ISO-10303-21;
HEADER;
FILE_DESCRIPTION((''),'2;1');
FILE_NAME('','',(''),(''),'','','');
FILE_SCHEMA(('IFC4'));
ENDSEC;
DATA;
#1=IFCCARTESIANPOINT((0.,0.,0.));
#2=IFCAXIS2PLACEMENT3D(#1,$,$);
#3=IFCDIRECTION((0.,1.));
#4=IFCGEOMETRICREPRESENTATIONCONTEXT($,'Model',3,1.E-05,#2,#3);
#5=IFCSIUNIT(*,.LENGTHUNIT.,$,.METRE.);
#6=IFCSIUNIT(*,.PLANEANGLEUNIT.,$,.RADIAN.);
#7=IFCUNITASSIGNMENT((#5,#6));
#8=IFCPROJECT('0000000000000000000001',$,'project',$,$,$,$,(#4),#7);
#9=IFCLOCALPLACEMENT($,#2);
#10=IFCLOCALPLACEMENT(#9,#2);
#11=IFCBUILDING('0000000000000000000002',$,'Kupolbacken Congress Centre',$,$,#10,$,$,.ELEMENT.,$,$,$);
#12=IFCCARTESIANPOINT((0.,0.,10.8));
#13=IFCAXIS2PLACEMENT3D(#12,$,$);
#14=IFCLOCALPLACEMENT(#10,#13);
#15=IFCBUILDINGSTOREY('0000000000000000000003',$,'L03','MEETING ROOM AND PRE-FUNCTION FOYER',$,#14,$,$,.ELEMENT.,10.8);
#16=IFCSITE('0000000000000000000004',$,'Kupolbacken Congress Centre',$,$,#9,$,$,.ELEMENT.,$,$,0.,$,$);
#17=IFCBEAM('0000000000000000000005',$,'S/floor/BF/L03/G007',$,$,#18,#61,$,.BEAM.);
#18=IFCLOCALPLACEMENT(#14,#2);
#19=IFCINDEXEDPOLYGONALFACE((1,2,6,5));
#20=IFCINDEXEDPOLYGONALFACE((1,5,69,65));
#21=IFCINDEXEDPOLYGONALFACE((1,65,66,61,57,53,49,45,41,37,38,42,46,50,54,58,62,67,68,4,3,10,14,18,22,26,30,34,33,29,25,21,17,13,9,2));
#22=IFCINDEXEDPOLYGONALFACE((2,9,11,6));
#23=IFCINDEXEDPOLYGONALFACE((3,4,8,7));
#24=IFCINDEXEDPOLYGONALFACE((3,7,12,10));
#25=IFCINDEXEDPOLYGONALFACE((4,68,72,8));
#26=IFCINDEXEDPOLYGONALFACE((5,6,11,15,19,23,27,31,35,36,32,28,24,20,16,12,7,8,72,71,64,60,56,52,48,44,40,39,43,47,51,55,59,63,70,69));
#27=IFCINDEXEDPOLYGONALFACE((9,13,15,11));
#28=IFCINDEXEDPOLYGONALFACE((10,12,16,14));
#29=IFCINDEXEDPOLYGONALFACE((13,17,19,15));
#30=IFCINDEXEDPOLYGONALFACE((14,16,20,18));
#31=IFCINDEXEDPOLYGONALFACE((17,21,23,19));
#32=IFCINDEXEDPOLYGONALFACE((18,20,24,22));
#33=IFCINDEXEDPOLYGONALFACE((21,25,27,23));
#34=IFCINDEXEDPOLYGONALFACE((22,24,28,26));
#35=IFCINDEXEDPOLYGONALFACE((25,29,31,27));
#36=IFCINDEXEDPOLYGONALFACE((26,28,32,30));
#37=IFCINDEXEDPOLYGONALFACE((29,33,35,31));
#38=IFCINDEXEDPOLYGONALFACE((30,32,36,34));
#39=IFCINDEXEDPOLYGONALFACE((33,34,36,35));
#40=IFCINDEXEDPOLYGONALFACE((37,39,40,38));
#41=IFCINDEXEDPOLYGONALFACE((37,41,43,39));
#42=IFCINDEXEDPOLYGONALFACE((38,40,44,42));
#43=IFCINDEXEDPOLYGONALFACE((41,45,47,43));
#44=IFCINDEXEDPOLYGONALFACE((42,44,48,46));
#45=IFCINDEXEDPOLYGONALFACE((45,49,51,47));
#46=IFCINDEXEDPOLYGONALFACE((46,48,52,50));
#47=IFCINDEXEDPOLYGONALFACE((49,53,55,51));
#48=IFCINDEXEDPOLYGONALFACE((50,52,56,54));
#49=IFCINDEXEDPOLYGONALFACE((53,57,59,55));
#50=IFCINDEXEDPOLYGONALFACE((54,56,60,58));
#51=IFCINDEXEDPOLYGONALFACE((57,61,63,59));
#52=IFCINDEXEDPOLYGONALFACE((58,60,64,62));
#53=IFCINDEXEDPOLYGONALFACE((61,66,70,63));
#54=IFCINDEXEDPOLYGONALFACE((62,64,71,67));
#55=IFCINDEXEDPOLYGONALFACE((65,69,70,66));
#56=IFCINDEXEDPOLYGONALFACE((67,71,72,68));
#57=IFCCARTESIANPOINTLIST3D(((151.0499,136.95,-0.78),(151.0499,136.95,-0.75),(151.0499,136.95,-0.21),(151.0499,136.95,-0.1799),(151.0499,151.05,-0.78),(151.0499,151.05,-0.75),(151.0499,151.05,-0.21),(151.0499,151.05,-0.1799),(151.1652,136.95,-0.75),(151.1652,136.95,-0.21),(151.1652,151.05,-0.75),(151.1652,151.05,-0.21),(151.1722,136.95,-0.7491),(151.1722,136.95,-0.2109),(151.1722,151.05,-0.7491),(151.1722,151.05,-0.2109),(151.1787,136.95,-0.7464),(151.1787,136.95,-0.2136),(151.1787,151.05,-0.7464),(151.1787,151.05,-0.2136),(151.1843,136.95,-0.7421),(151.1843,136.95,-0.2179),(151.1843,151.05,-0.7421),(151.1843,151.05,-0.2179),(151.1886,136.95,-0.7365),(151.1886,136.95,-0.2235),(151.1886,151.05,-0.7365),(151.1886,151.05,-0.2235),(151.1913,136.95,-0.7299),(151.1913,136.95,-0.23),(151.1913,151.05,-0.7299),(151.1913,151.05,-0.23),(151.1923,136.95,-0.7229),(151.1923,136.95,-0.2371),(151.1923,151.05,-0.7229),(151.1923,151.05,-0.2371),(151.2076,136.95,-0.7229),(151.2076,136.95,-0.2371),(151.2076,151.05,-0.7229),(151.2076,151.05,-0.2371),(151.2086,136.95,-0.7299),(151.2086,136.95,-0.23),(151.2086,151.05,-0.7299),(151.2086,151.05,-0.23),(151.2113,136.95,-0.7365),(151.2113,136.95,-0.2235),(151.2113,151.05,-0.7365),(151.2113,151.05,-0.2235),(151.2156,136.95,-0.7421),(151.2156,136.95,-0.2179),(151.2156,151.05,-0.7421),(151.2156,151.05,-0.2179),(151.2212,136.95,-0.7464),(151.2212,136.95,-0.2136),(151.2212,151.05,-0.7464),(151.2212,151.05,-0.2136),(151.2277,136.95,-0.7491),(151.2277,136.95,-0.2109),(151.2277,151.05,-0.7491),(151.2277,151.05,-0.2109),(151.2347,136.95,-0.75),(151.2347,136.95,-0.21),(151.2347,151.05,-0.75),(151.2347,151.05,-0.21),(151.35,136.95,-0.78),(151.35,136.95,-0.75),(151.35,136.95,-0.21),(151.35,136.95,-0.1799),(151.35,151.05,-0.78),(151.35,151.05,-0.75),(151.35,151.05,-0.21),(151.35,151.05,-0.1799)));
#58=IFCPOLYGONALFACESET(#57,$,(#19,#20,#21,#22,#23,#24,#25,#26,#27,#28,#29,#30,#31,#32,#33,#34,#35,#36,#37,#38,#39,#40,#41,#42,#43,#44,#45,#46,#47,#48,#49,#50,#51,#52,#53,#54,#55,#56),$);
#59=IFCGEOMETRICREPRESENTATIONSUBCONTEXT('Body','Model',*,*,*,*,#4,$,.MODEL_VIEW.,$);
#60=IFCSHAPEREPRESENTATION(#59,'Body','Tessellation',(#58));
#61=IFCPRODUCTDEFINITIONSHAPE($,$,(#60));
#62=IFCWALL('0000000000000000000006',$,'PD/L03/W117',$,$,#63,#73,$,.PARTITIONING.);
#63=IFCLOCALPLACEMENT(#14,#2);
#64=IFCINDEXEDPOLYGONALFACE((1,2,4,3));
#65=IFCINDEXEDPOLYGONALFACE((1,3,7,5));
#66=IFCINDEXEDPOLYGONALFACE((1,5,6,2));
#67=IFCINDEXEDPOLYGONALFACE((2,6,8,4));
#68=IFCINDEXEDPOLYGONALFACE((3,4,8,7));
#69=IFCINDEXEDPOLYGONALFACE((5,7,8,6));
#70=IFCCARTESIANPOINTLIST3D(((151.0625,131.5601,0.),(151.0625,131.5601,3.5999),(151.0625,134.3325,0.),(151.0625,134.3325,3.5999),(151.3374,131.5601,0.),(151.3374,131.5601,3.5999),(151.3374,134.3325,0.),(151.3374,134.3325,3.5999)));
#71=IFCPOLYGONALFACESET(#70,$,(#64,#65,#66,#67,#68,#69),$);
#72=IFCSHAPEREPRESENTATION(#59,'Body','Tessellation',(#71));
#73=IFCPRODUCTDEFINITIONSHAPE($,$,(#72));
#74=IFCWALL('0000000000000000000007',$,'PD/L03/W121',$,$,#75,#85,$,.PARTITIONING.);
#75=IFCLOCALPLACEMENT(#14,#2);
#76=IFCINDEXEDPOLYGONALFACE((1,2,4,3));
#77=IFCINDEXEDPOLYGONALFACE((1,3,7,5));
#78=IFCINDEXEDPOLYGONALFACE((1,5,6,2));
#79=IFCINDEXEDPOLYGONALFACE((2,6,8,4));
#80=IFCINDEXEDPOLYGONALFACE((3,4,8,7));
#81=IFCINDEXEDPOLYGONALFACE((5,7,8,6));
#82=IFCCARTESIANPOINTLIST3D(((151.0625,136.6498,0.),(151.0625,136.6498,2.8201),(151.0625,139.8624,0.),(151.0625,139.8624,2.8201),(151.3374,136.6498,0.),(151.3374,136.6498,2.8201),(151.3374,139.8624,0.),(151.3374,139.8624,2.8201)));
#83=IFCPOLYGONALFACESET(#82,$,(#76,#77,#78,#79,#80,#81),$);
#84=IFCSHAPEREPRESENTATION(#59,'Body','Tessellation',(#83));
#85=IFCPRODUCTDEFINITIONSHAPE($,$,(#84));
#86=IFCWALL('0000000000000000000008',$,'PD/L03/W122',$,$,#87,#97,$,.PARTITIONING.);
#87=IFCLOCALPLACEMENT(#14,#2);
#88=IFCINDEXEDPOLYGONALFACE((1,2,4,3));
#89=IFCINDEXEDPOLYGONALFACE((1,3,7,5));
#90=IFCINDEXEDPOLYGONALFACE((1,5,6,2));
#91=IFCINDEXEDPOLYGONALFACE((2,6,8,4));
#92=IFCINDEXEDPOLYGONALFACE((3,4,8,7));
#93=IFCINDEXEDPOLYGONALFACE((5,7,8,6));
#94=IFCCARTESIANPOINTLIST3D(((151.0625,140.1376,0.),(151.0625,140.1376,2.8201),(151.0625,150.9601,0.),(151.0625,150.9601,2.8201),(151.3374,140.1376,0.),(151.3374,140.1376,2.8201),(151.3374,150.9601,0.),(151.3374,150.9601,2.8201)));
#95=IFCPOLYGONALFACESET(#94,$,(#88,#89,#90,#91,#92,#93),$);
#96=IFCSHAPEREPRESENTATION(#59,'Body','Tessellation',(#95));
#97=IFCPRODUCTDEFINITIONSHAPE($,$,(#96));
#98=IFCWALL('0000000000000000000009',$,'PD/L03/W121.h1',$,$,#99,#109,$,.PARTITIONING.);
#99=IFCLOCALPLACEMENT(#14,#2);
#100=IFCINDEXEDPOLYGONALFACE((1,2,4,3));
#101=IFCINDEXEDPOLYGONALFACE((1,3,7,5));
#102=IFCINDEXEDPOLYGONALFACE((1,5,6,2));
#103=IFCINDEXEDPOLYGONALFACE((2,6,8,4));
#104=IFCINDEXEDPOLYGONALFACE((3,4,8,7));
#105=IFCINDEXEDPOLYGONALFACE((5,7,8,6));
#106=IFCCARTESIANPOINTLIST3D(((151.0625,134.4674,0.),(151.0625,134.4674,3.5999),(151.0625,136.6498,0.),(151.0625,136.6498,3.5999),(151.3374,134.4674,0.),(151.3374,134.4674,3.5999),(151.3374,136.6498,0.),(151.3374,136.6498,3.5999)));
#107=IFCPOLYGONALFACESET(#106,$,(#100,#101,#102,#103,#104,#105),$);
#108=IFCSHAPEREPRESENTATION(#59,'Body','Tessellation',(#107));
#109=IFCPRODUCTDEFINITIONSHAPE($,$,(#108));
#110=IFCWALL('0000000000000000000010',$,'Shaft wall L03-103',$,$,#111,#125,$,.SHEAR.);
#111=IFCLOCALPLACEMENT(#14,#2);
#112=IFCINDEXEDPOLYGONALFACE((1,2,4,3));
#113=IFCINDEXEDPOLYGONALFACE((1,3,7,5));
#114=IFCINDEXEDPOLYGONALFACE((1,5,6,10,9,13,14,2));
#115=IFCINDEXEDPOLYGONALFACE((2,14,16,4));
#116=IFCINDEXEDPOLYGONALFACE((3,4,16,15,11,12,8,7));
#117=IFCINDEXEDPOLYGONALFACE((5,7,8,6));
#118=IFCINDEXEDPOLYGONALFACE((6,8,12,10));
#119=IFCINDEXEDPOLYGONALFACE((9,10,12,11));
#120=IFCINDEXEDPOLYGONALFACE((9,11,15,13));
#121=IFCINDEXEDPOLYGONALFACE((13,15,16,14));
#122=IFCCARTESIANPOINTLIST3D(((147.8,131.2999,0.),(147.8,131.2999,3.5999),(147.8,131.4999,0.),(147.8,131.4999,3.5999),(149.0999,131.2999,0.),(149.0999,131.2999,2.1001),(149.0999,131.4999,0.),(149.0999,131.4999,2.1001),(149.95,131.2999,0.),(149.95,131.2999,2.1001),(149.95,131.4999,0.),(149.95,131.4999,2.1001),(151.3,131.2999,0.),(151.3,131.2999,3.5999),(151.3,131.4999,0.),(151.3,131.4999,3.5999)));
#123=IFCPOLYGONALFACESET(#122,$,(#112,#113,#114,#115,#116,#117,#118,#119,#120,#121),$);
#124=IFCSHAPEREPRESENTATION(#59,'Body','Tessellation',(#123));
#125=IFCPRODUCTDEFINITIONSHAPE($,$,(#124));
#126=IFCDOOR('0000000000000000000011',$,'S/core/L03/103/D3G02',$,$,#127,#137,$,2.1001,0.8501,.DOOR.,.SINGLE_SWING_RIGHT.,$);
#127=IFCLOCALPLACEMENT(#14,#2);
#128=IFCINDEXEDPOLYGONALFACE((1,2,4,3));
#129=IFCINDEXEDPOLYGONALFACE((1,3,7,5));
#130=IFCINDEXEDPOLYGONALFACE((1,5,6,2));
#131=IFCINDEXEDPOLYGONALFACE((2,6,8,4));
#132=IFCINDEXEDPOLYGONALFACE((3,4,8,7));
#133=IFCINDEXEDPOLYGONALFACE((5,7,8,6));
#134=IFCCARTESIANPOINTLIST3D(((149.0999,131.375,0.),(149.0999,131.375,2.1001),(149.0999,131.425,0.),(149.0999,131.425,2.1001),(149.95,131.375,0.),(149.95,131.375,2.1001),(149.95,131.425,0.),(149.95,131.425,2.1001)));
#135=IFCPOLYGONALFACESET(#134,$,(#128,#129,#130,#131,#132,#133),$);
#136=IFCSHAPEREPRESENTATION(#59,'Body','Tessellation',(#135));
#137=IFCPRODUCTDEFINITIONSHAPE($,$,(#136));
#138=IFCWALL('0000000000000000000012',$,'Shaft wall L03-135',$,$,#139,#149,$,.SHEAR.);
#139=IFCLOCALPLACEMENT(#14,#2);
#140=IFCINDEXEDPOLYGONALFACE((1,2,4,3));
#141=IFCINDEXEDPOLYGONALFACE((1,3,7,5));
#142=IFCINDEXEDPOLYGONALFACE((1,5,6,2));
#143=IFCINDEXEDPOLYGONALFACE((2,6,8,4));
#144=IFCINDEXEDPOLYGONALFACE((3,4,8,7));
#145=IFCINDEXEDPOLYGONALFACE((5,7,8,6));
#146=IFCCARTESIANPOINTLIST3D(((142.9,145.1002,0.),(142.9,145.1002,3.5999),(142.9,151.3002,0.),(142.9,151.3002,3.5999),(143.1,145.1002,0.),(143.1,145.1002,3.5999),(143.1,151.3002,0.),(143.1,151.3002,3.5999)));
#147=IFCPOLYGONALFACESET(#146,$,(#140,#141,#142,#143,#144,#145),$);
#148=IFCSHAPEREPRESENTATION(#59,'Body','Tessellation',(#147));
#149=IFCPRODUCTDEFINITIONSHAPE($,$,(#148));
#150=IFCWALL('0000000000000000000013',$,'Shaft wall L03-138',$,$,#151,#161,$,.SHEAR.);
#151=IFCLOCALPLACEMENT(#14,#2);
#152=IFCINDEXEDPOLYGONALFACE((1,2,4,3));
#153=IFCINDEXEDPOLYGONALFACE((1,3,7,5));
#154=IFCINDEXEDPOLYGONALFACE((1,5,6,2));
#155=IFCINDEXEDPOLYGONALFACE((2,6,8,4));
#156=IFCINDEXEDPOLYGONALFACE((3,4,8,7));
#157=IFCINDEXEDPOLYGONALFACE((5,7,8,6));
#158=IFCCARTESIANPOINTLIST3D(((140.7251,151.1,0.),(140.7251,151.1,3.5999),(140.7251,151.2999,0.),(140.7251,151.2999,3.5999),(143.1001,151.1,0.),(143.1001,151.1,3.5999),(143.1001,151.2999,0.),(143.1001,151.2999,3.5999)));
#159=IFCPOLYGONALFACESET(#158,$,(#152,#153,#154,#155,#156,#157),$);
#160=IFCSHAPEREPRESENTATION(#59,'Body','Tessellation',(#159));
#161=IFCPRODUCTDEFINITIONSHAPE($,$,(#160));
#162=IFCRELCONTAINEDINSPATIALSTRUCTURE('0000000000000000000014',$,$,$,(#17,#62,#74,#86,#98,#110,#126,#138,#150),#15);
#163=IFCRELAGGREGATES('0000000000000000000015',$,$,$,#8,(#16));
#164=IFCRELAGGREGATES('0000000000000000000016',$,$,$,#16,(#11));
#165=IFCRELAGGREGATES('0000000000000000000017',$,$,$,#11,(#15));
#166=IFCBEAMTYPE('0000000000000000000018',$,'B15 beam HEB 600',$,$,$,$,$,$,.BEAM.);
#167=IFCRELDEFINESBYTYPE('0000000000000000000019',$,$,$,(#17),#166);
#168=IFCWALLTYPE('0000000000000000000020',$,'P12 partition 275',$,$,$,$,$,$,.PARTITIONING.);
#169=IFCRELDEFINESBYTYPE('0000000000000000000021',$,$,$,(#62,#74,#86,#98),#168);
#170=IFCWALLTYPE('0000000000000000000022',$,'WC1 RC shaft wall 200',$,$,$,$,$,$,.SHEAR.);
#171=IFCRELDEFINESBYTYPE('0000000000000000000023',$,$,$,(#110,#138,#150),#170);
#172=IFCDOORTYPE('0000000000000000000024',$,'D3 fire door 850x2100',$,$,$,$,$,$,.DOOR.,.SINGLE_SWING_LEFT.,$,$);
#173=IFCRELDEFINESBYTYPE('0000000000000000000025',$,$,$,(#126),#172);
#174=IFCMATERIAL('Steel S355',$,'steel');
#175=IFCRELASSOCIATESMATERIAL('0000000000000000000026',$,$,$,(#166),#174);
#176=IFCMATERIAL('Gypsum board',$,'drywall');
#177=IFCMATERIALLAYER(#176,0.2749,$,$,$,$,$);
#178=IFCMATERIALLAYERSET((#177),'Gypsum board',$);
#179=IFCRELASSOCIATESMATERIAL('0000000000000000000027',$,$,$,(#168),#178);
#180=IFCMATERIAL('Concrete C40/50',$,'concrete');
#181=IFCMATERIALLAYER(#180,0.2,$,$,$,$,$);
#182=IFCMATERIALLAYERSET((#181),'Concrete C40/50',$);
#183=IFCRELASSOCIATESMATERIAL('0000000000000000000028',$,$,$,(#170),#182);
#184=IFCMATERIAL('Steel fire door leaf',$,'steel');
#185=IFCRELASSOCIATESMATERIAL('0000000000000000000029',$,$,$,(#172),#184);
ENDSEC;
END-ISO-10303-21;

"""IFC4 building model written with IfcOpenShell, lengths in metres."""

from ifc_helpers import new_model, si_unit, direction, frame, frame_2d, origin, origin_2d, place, context, subcontext, project, spatial, rectangle, i_section, extrude, material, layer, layer_set, material_profile, profile_set, type_object, element, fill, save


model = new_model("IFC4")

# Units and contexts
model_context = context("Model", 3, precision=1e-05, world=origin(), true_north=direction((0.0, 1.0)))
body_context = subcontext(model_context, "Body", "Model", "MODEL_VIEW")
ifc_project = project(units=[si_unit("LENGTHUNIT", "METRE"), si_unit("PLANEANGLEUNIT", "RADIAN")], contexts=[model_context])

# Site, building, storey
site_placement = place(None, origin())
site = spatial("IfcSite", under=ifc_project, at=site_placement, Name="Kupolbacken Congress Centre", CompositionType="ELEMENT", RefElevation=0.0)
building_placement = place(site_placement, origin())
building = spatial("IfcBuilding", under=site, at=building_placement, Name="Kupolbacken Congress Centre", CompositionType="ELEMENT")
storey_placement = place(building_placement, frame((0.0, 0.0, 10.8)))
storey = spatial("IfcBuildingStorey", under=building, at=storey_placement, Name="L03", Description="MEETING ROOM AND PRE-FUNCTION FOYER", CompositionType="ELEMENT", Elevation=10.8)

# Beam
ifc_material_1 = material(Name="Steel S355", Category="steel")
ifc_material_profile_1 = material_profile(ifc_material_1, i_section(OverallWidth=0.3, OverallDepth=0.6001, WebThickness=0.0154, FlangeThickness=0.03, FilletRadius=0.0271, at=origin_2d()), Name="HEB 600")
ifc_profile_set_1 = profile_set([ifc_material_profile_1], Name="Steel S355")
beam_type_1 = type_object("IfcBeamType", Name="B15 beam HEB 600", PredefinedType="BEAM", material=ifc_profile_set_1)
beam_1_placement = place(storey_placement, frame((151.2, 136.95, -0.48), z_axis=(0.0, 1.0, 0.0), x_axis=(-1.0, 0.0, 0.0)))
element("IfcBeam", 1, at=beam_1_placement, inside=storey, type_object=beam_type_1, Name="S/floor/BF/L03/G007", PredefinedType="BEAM", context=body_context, shape_type="SweptSolid", body=[
    extrude(i_section(OverallWidth=0.3, OverallDepth=0.6001, WebThickness=0.0154, FlangeThickness=0.03, FilletRadius=0.0271, at=origin_2d()), origin(), (0.0, 0.0, 1.0), 14.1001),
])

# Walls
ifc_material_2 = material(Name="Gypsum board", Category="drywall")
ifc_layer_1 = layer(ifc_material_2, 0.2749)
ifc_layer_set_1 = layer_set([ifc_layer_1], Name="Gypsum board")
wall_type_1 = type_object("IfcWallType", Name="P12 partition 275", PredefinedType="PARTITIONING", material=ifc_layer_set_1)
wall_1_placement = place(storey_placement, frame((151.2, 134.3325, 0.0), z_axis=(0.0, 0.0, 1.0), x_axis=(0.0, -1.0, 0.0)))
element("IfcWall", 2, at=wall_1_placement, inside=storey, type_object=wall_type_1, Name="PD/L03/W117", PredefinedType="PARTITIONING", context=body_context, shape_type="SweptSolid", body=[
    extrude(rectangle(XDim=2.7725, YDim=0.2749, at=frame_2d((1.3862, 0.0))), origin(), (0.0, 0.0, 1.0), 3.5999),
])
wall_2_placement = place(storey_placement, frame((151.2, 139.8625, 0.0), z_axis=(0.0, 0.0, 1.0), x_axis=(0.0, -1.0, 0.0)))
element("IfcWall", 3, at=wall_2_placement, inside=storey, type_object=wall_type_1, Name="PD/L03/W121", PredefinedType="PARTITIONING", context=body_context, shape_type="SweptSolid", body=[
    extrude(rectangle(XDim=3.2126, YDim=0.2749, at=frame_2d((1.6064, 0.0))), origin(), (0.0, 0.0, 1.0), 2.8201),
])
wall_3_placement = place(storey_placement, frame((151.2, 150.96, 0.0), z_axis=(0.0, 0.0, 1.0), x_axis=(0.0, -1.0, 0.0)))
element("IfcWall", 4, at=wall_3_placement, inside=storey, type_object=wall_type_1, Name="PD/L03/W122", PredefinedType="PARTITIONING", context=body_context, shape_type="SweptSolid", body=[
    extrude(rectangle(XDim=10.8225, YDim=0.2749, at=frame_2d((5.4111, 0.0))), origin(), (0.0, 0.0, 1.0), 2.8201),
])
wall_4_placement = place(storey_placement, frame((151.2, 136.6499, 0.0), z_axis=(0.0, 0.0, 1.0), x_axis=(0.0, -1.0, 0.0)))
element("IfcWall", 5, at=wall_4_placement, inside=storey, type_object=wall_type_1, Name="PD/L03/W121.h1", PredefinedType="PARTITIONING", context=body_context, shape_type="SweptSolid", body=[
    extrude(rectangle(XDim=2.1824, YDim=0.2749, at=frame_2d((1.0913, 0.0))), origin(), (0.0, 0.0, 1.0), 3.5999),
])

# Wall, opening, door
ifc_material_3 = material(Name="Concrete C40/50", Category="concrete")
ifc_layer_2 = layer(ifc_material_3, 0.2)
ifc_layer_set_2 = layer_set([ifc_layer_2], Name="Concrete C40/50")
wall_type_2 = type_object("IfcWallType", Name="WC1 RC shaft wall 200", PredefinedType="SHEAR", material=ifc_layer_set_2)
wall_5_placement = place(storey_placement, frame((151.3, 131.3999, 0.0), z_axis=(0.0, 0.0, 1.0), x_axis=(-1.0, 0.0, 0.0)))
wall_5 = element("IfcWall", 6, at=wall_5_placement, inside=storey, type_object=wall_type_2, Name="Shaft wall L03-103", PredefinedType="SHEAR", context=body_context, shape_type="SweptSolid", body=[
    extrude(rectangle(XDim=3.5, YDim=0.2, at=frame_2d((1.75, 0.0))), origin(), (0.0, 0.0, 1.0), 3.5999),
])
opening_1_placement = place(wall_5_placement, frame((1.3501, 0.0, 0.0)))
opening_1 = element("IfcOpeningElement", 7, at=opening_1_placement, cuts=wall_5, PredefinedType="OPENING", context=body_context, shape_type="SweptSolid", body=[
    extrude(rectangle(XDim=0.8501, YDim=2.1001, at=frame_2d((0.425, 1.05))), frame((0.0, 0.1099, 0.0), z_axis=(0.0, -1.0, 0.0), x_axis=(1.0, 0.0, 0.0)), (0.0, 0.0, 1.0), 0.22),
])
ifc_material_4 = material(Name="Steel fire door leaf", Category="steel")
door_type_1 = type_object("IfcDoorType", Name="D3 fire door 850x2100", OperationType="SINGLE_SWING_LEFT", PredefinedType="DOOR", material=ifc_material_4)
door_1_placement = place(opening_1_placement, origin())
door_1 = element("IfcDoor", 8, at=door_1_placement, inside=storey, type_object=door_type_1, Name="S/core/L03/103/D3G02", OperationType="SINGLE_SWING_RIGHT", OverallHeight=2.1001, OverallWidth=0.8501, PredefinedType="DOOR", context=body_context, shape_type="SweptSolid", body=[
    extrude(rectangle(XDim=0.8501, YDim=2.1001, at=frame_2d((0.425, 1.05))), frame((0.0, 0.0249, 0.0), z_axis=(0.0, -1.0, 0.0), x_axis=(1.0, 0.0, 0.0)), (0.0, 0.0, 1.0), 0.05),
])
fill(opening_1, door_1)

# Walls
wall_6_placement = place(storey_placement, frame((143.0, 145.1001, 0.0), z_axis=(0.0, 0.0, 1.0), x_axis=(0.0, 1.0, 0.0)))
element("IfcWall", 9, at=wall_6_placement, inside=storey, type_object=wall_type_2, Name="Shaft wall L03-135", PredefinedType="SHEAR", context=body_context, shape_type="SweptSolid", body=[
    extrude(rectangle(XDim=6.2, YDim=0.2, at=frame_2d((3.1001, 0.0))), origin(), (0.0, 0.0, 1.0), 3.5999),
])
wall_7_placement = place(storey_placement, frame((143.1001, 151.2, 0.0), z_axis=(0.0, 0.0, 1.0), x_axis=(-1.0, 0.0, 0.0)))
element("IfcWall", 10, at=wall_7_placement, inside=storey, type_object=wall_type_2, Name="Shaft wall L03-138", PredefinedType="SHEAR", context=body_context, shape_type="SweptSolid", body=[
    extrude(rectangle(XDim=2.375, YDim=0.2, at=frame_2d((1.1875, 0.0))), origin(), (0.0, 0.0, 1.0), 3.5999),
])

save(model, "model.ifc")
